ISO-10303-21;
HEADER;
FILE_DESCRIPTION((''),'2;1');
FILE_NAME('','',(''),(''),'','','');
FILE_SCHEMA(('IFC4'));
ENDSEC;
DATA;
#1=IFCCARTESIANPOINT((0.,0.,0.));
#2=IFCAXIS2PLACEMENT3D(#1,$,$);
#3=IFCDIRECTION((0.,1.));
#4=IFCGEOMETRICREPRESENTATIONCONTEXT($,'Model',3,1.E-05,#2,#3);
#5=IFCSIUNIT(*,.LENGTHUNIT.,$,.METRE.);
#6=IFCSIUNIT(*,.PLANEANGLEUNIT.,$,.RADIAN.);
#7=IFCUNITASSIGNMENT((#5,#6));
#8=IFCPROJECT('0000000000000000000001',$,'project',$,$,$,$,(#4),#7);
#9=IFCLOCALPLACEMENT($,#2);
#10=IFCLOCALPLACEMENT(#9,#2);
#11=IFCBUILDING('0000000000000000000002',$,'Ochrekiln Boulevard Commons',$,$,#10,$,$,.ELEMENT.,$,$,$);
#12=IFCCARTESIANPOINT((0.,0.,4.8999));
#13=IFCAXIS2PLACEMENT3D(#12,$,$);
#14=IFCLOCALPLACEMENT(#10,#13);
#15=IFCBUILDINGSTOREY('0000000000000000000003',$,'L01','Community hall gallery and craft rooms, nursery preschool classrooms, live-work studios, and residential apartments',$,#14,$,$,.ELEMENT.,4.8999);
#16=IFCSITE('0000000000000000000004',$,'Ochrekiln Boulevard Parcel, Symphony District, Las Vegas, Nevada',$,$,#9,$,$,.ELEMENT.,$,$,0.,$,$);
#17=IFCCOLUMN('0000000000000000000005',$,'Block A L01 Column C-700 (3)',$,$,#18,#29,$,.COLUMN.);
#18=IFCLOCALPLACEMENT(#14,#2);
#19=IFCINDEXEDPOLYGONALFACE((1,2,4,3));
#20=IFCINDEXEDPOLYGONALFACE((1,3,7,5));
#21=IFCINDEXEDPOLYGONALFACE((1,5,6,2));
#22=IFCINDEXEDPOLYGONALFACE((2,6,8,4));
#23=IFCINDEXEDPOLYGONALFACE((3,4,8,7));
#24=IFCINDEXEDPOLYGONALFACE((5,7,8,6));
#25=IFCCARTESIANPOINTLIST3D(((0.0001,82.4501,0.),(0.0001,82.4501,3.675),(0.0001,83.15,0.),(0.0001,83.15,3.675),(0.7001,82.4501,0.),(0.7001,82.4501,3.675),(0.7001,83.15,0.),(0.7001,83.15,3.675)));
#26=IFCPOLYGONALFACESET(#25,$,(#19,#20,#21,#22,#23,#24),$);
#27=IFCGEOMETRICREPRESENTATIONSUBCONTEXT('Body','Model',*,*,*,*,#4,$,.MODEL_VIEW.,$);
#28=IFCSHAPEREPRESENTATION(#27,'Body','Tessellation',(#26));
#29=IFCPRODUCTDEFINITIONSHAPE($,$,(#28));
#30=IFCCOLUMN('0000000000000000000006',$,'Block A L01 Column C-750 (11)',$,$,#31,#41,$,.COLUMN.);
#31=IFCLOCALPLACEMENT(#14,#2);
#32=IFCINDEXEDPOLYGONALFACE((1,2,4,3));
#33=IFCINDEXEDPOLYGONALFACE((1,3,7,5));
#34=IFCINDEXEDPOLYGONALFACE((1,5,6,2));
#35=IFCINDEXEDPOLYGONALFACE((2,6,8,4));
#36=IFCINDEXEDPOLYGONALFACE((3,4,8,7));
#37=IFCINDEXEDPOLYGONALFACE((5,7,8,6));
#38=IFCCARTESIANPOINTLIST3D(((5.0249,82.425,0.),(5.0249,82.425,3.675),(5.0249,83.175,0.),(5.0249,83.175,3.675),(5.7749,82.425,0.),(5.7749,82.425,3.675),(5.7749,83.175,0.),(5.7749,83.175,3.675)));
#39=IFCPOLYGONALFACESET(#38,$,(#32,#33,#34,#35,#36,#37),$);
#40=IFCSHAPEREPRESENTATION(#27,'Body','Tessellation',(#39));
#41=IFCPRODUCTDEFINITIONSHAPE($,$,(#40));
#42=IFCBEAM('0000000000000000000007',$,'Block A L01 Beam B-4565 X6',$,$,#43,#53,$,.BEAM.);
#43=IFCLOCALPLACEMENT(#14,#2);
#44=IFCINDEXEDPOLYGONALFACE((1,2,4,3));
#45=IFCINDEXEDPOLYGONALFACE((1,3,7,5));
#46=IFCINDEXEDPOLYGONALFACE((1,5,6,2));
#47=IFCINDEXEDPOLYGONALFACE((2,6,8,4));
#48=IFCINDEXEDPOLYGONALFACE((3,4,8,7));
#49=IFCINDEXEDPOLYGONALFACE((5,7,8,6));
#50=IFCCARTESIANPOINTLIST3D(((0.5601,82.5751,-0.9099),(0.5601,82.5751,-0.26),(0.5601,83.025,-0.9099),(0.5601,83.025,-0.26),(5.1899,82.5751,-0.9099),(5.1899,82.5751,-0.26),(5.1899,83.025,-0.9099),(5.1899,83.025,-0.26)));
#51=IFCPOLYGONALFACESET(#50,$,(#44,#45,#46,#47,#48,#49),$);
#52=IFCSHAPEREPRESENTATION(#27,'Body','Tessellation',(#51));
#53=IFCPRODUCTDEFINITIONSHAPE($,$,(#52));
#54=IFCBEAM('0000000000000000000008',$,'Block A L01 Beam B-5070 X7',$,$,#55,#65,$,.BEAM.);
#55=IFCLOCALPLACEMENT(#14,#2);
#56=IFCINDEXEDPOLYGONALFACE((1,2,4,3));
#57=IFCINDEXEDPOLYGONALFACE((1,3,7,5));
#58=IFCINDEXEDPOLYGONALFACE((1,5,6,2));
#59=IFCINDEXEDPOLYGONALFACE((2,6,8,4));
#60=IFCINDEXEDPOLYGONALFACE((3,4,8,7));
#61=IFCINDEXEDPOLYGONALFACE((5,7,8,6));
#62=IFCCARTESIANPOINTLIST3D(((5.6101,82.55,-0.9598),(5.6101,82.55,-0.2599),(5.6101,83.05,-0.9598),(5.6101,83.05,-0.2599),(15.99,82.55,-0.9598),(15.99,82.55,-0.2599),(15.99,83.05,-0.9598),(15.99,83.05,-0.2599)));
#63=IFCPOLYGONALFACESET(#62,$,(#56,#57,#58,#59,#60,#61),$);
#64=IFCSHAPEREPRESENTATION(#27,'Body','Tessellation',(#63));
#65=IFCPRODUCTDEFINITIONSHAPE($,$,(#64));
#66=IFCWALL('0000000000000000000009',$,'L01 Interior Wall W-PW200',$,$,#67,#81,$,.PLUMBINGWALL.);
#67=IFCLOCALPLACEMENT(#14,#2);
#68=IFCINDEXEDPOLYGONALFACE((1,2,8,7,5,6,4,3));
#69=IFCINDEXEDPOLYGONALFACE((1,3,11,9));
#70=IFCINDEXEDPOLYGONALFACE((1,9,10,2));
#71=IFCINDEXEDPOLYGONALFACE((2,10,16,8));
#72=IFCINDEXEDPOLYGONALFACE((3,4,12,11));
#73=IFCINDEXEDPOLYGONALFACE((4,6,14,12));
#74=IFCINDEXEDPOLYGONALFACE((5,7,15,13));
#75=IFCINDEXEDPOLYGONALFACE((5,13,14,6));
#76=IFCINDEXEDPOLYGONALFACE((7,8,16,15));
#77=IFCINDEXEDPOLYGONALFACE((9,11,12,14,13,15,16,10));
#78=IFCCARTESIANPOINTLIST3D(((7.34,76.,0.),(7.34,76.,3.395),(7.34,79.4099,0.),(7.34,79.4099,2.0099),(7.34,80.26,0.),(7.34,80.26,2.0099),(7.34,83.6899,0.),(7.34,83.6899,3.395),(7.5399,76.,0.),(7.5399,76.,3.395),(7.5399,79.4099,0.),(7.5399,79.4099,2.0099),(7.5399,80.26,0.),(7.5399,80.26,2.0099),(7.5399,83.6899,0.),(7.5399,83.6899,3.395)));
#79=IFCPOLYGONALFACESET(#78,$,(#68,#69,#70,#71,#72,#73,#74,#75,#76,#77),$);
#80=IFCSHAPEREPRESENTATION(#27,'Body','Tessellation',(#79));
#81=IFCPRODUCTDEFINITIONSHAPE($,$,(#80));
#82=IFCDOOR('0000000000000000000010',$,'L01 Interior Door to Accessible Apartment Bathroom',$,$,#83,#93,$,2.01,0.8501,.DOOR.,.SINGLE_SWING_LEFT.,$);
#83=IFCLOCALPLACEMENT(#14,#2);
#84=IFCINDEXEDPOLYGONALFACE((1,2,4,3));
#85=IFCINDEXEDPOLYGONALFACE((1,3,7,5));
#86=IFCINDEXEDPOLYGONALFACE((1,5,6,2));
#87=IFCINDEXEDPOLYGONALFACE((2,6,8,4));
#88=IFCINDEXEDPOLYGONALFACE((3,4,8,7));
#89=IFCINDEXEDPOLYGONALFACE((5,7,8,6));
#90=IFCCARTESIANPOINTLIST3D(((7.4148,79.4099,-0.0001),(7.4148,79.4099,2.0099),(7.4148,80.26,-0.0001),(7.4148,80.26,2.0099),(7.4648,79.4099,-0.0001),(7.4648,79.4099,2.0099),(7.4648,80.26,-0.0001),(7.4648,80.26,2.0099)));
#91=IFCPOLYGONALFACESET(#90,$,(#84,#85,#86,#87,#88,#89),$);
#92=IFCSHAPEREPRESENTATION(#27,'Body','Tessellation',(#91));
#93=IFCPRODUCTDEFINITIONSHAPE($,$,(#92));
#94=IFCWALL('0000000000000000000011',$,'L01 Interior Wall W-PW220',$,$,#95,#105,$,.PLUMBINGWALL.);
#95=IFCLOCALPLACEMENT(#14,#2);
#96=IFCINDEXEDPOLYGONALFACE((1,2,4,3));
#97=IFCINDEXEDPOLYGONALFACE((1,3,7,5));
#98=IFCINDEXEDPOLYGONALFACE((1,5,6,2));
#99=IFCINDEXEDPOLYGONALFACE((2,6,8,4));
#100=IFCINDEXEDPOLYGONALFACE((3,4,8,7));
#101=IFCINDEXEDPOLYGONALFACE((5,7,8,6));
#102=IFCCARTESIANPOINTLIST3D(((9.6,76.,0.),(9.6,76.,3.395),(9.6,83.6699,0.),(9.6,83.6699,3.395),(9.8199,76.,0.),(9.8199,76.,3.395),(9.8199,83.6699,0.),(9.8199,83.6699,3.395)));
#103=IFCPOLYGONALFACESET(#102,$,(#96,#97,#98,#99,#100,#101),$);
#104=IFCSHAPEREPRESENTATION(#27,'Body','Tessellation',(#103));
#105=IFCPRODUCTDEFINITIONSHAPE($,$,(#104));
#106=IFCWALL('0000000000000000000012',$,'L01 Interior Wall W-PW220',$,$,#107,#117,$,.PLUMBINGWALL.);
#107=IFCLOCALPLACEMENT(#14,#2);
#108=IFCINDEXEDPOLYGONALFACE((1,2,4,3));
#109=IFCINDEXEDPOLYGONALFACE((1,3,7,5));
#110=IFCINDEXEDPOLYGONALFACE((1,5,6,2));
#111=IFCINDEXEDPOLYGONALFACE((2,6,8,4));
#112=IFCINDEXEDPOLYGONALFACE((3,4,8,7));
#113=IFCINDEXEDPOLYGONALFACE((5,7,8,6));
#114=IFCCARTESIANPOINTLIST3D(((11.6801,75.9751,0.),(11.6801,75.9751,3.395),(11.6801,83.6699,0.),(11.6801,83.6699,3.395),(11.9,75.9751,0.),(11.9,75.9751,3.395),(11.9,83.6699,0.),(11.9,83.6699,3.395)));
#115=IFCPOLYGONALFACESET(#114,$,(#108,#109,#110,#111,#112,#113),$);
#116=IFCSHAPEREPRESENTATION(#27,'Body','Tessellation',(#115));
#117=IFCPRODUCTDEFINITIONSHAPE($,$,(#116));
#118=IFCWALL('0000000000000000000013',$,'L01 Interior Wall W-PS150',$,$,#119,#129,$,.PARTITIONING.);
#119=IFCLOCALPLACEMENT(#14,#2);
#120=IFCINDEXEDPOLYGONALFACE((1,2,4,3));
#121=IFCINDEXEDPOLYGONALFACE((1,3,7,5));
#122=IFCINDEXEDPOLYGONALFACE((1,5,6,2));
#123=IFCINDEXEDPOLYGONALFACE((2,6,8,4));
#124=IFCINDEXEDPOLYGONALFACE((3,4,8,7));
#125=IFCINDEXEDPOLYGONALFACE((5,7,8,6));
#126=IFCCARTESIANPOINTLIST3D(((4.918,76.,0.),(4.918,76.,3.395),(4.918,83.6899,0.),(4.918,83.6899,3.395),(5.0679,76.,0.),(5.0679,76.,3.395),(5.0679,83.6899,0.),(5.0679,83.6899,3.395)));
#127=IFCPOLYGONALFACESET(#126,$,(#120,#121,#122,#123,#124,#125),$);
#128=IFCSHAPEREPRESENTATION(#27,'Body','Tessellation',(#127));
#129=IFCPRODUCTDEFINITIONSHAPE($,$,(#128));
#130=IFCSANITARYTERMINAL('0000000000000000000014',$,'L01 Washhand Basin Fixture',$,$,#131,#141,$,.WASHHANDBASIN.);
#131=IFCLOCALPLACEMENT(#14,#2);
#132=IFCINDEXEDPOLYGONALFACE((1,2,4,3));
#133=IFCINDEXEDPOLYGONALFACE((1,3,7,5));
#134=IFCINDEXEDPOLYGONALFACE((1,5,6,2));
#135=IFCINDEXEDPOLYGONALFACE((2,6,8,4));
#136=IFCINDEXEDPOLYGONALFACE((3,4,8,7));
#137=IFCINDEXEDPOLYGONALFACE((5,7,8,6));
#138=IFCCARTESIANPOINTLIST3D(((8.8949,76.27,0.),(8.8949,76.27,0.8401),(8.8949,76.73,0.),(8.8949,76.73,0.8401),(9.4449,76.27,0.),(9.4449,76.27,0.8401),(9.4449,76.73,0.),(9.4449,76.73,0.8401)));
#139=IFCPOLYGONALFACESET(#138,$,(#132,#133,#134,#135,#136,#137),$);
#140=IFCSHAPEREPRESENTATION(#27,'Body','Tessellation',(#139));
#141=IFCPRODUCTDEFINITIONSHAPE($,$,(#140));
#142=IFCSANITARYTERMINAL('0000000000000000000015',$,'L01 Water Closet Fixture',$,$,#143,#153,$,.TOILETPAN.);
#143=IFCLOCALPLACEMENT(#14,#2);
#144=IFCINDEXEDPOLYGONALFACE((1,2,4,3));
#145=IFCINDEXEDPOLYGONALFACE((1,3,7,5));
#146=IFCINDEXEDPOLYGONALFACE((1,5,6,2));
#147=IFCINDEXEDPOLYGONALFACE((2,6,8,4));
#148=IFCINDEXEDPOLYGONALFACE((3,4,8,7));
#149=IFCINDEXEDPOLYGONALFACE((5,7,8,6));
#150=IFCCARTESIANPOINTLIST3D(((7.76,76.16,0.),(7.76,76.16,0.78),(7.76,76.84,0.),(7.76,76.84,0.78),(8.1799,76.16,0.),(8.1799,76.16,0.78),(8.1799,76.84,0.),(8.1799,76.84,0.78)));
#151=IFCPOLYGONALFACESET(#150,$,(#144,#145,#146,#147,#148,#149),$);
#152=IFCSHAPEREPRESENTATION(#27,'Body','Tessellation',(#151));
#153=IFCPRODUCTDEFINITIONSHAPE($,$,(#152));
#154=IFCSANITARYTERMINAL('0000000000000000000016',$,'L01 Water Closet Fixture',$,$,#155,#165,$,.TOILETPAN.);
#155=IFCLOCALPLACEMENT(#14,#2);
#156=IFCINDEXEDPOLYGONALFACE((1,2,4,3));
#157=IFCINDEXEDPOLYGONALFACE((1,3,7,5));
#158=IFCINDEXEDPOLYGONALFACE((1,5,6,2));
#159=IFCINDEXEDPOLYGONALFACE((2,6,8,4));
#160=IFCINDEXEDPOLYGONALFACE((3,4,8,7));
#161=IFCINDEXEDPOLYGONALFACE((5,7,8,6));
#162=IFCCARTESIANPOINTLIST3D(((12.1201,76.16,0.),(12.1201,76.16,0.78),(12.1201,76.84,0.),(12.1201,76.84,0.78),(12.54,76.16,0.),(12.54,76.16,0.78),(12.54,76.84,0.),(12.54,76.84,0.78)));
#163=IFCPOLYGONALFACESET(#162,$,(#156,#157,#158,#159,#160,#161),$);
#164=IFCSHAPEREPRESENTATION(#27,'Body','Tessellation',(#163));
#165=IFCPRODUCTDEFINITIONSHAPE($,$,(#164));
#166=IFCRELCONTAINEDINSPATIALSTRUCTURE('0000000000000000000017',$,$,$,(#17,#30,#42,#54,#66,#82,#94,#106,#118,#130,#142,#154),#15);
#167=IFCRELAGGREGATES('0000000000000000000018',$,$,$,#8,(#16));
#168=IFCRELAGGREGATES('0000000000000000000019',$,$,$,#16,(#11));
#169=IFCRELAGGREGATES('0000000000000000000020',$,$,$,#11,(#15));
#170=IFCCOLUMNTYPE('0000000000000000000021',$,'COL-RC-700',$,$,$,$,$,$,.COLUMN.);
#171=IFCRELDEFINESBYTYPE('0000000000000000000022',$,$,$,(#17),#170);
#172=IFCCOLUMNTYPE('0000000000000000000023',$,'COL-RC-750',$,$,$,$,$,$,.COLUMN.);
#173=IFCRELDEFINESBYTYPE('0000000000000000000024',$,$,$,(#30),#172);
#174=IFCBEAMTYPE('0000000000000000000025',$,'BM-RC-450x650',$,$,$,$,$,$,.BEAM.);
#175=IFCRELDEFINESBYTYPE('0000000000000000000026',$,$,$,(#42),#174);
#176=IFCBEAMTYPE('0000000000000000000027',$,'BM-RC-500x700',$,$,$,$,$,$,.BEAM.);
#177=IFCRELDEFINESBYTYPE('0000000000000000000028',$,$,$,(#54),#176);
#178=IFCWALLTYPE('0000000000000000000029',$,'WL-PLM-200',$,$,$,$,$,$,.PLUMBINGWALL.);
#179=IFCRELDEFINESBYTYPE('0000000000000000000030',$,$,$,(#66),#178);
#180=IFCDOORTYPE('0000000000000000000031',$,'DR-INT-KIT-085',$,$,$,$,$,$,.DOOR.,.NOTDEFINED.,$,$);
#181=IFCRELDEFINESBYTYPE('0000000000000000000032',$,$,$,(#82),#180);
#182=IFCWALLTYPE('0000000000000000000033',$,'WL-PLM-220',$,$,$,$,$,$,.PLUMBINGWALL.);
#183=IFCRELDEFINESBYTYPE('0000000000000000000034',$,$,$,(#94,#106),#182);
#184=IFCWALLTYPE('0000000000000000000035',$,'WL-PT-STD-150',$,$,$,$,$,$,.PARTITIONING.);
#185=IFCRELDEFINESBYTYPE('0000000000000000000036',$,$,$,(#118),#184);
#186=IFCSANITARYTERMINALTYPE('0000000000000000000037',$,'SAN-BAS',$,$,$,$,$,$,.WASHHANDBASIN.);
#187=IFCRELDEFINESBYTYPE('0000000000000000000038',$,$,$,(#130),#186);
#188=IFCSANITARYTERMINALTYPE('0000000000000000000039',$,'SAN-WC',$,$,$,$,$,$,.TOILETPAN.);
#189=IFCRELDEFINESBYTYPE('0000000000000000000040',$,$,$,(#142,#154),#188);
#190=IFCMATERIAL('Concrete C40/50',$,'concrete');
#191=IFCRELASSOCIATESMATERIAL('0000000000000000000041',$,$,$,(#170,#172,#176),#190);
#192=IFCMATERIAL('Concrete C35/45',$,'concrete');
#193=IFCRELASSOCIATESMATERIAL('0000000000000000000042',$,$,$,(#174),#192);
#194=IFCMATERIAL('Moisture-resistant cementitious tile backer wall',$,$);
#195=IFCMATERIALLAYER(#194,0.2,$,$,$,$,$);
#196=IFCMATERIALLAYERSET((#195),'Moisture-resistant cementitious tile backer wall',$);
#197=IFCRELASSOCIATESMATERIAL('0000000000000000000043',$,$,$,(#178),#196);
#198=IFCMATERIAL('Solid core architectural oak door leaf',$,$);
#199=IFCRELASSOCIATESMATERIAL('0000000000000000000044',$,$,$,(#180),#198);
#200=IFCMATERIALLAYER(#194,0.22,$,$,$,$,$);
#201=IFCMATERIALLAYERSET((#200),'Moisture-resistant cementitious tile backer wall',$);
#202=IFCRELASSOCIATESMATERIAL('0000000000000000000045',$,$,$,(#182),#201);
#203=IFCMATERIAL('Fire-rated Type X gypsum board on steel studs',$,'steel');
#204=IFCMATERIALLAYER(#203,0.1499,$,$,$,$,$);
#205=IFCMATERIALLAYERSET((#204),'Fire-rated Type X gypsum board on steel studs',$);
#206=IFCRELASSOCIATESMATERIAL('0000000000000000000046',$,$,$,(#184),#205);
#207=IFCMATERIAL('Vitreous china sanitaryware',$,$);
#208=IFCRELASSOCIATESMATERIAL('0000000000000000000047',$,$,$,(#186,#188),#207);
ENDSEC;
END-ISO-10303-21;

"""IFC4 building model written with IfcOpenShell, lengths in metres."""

from ifc_helpers import new_model, si_unit, direction, frame, frame_2d, origin, origin_2d, place, context, subcontext, project, spatial, rectangle, extrude, material, layer, layer_set, material_profile, profile_set, type_object, element, fill, save


model = new_model("IFC4")

# Units and contexts
model_context = context("Model", 3, precision=1e-05, world=origin(), true_north=direction((0.0, 1.0)))
body_context = subcontext(model_context, "Body", "Model", "MODEL_VIEW")
ifc_project = project(units=[si_unit("LENGTHUNIT", "METRE"), si_unit("PLANEANGLEUNIT", "RADIAN")], contexts=[model_context])

# Site, building, storey
site_placement = place(None, origin())
site = spatial("IfcSite", under=ifc_project, at=site_placement, Name="Ochrekiln Boulevard Parcel, Symphony District, Las Vegas, Nevada", CompositionType="ELEMENT", RefElevation=0.0)
building_placement = place(site_placement, origin())
building = spatial("IfcBuilding", under=site, at=building_placement, Name="Ochrekiln Boulevard Commons", CompositionType="ELEMENT")
storey_placement = place(building_placement, frame((0.0, 0.0, 4.8999)))
storey = spatial("IfcBuildingStorey", under=building, at=storey_placement, Name="L01", Description="Community hall gallery and craft rooms, nursery preschool classrooms, live-work studios, and residential apartments", CompositionType="ELEMENT", Elevation=4.8999)

# Columns
ifc_material_1 = material(Name="Concrete C40/50", Category="concrete")
ifc_material_profile_1 = material_profile(ifc_material_1, rectangle(XDim=0.7, YDim=0.7, at=origin_2d()), Name="RC-COL-700x700")
ifc_profile_set_1 = profile_set([ifc_material_profile_1], Name="Concrete C40/50")
column_type_1 = type_object("IfcColumnType", Name="COL-RC-700", PredefinedType="COLUMN", material=ifc_profile_set_1)
column_1_placement = place(storey_placement, frame((0.3501, 82.8, 0.0), z_axis=(0.0, 0.0, 1.0), x_axis=(1.0, 0.0, 0.0)))
element("IfcColumn", 1, at=column_1_placement, inside=storey, type_object=column_type_1, Name="Block A L01 Column C-700 (3)", PredefinedType="COLUMN", context=body_context, shape_type="SweptSolid", body=[
    extrude(rectangle(XDim=0.7, YDim=0.7, at=origin_2d()), origin(), (0.0, 0.0, 1.0), 3.675),
])
ifc_material_profile_2 = material_profile(ifc_material_1, rectangle(XDim=0.75, YDim=0.75, at=origin_2d()), Name="RC-COL-750x750")
ifc_profile_set_2 = profile_set([ifc_material_profile_2], Name="Concrete C40/50")
column_type_2 = type_object("IfcColumnType", Name="COL-RC-750", PredefinedType="COLUMN", material=ifc_profile_set_2)
column_2_placement = place(storey_placement, frame((5.3999, 82.8, 0.0), z_axis=(0.0, 0.0, 1.0), x_axis=(1.0, 0.0, 0.0)))
element("IfcColumn", 2, at=column_2_placement, inside=storey, type_object=column_type_2, Name="Block A L01 Column C-750 (11)", PredefinedType="COLUMN", context=body_context, shape_type="SweptSolid", body=[
    extrude(rectangle(XDim=0.75, YDim=0.75, at=origin_2d()), origin(), (0.0, 0.0, 1.0), 3.675),
])

# Beams
ifc_material_2 = material(Name="Concrete C35/45", Category="concrete")
ifc_material_profile_3 = material_profile(ifc_material_2, rectangle(XDim=0.45, YDim=0.6499, at=origin_2d()), Name="RC-BM-450x650")
ifc_profile_set_3 = profile_set([ifc_material_profile_3], Name="Concrete C35/45")
beam_type_1 = type_object("IfcBeamType", Name="BM-RC-450x650", PredefinedType="BEAM", material=ifc_profile_set_3)
beam_1_placement = place(storey_placement, frame((0.5601, 82.8, -0.585), z_axis=(1.0, 0.0, 0.0), x_axis=(0.0, 1.0, 0.0)))
element("IfcBeam", 3, at=beam_1_placement, inside=storey, type_object=beam_type_1, Name="Block A L01 Beam B-4565 X6", PredefinedType="BEAM", context=body_context, shape_type="SweptSolid", body=[
    extrude(rectangle(XDim=0.45, YDim=0.6499, at=origin_2d()), origin(), (0.0, 0.0, 1.0), 4.6299),
])
ifc_material_profile_4 = material_profile(ifc_material_1, rectangle(XDim=0.5, YDim=0.7, at=origin_2d()), Name="RC-BM-500x700")
ifc_profile_set_4 = profile_set([ifc_material_profile_4], Name="Concrete C40/50")
beam_type_2 = type_object("IfcBeamType", Name="BM-RC-500x700", PredefinedType="BEAM", material=ifc_profile_set_4)
beam_2_placement = place(storey_placement, frame((5.6101, 82.8, -0.6099), z_axis=(1.0, 0.0, 0.0), x_axis=(0.0, 1.0, 0.0)))
element("IfcBeam", 4, at=beam_2_placement, inside=storey, type_object=beam_type_2, Name="Block A L01 Beam B-5070 X7", PredefinedType="BEAM", context=body_context, shape_type="SweptSolid", body=[
    extrude(rectangle(XDim=0.5, YDim=0.7, at=origin_2d()), origin(), (0.0, 0.0, 1.0), 10.3799),
])

# Wall, opening, door
ifc_material_3 = material(Name="Moisture-resistant cementitious tile backer wall")
ifc_layer_1 = layer(ifc_material_3, 0.2)
ifc_layer_set_1 = layer_set([ifc_layer_1], Name="Moisture-resistant cementitious tile backer wall")
wall_type_1 = type_object("IfcWallType", Name="WL-PLM-200", PredefinedType="PLUMBINGWALL", material=ifc_layer_set_1)
wall_1_placement = place(storey_placement, frame((7.4399, 76.0, 0.0), z_axis=(0.0, 0.0, 1.0), x_axis=(0.0, 1.0, 0.0)))
wall_1 = element("IfcWall", 5, at=wall_1_placement, inside=storey, type_object=wall_type_1, Name="L01 Interior Wall W-PW200", PredefinedType="PLUMBINGWALL", context=body_context, shape_type="SweptSolid", body=[
    extrude(rectangle(XDim=7.6899, YDim=0.2, at=frame_2d((3.845, 0.0))), origin(), (0.0, 0.0, 1.0), 3.395),
])
opening_placement = place(wall_1_placement, frame((3.4099, 0.0, 0.0)))
opening = element("IfcOpeningElement", 6, at=opening_placement, cuts=wall_1, PredefinedType="OPENING", context=body_context, shape_type="SweptSolid", body=[
    extrude(rectangle(XDim=0.8501, YDim=2.01, at=frame_2d((0.425, 1.0049))), frame((0.0, 0.1099, 0.0), z_axis=(0.0, -1.0, 0.0), x_axis=(1.0, 0.0, 0.0)), (0.0, 0.0, 1.0), 0.22),
])
ifc_material_4 = material(Name="Solid core architectural oak door leaf")
door_type = type_object("IfcDoorType", Name="DR-INT-KIT-085", OperationType="NOTDEFINED", PredefinedType="DOOR", material=ifc_material_4)
door_placement = place(opening_placement, frame((0.8501, 0.0, 0.0), z_axis=(0.0, 0.0, 1.0), x_axis=(-1.0, 0.0, 0.0)))
door = element("IfcDoor", 7, at=door_placement, inside=storey, type_object=door_type, Name="L01 Interior Door to Accessible Apartment Bathroom", OperationType="SINGLE_SWING_LEFT", OverallHeight=2.01, OverallWidth=0.8501, PredefinedType="DOOR", context=body_context, shape_type="SweptSolid", body=[
    extrude(rectangle(XDim=0.8501, YDim=2.01, at=frame_2d((0.425, 1.0049))), frame((0.0, 0.0249, 0.0), z_axis=(0.0, -1.0, 0.0), x_axis=(1.0, 0.0, 0.0)), (0.0, 0.0, 1.0), 0.05),
])
fill(opening, door)

# Walls
ifc_layer_2 = layer(ifc_material_3, 0.22)
ifc_layer_set_2 = layer_set([ifc_layer_2], Name="Moisture-resistant cementitious tile backer wall")
wall_type_2 = type_object("IfcWallType", Name="WL-PLM-220", PredefinedType="PLUMBINGWALL", material=ifc_layer_set_2)
wall_2_placement = place(storey_placement, frame((9.71, 76.0, 0.0), z_axis=(0.0, 0.0, 1.0), x_axis=(0.0, 1.0, 0.0)))
element("IfcWall", 8, at=wall_2_placement, inside=storey, type_object=wall_type_2, Name="L01 Interior Wall W-PW220", PredefinedType="PLUMBINGWALL", context=body_context, shape_type="SweptSolid", body=[
    extrude(rectangle(XDim=7.6699, YDim=0.22, at=frame_2d((3.835, 0.0))), origin(), (0.0, 0.0, 1.0), 3.395),
])
wall_3_placement = place(storey_placement, frame((11.79, 75.9751, 0.0), z_axis=(0.0, 0.0, 1.0), x_axis=(0.0, 1.0, 0.0)))
element("IfcWall", 9, at=wall_3_placement, inside=storey, type_object=wall_type_2, Name="L01 Interior Wall W-PW220", PredefinedType="PLUMBINGWALL", context=body_context, shape_type="SweptSolid", body=[
    extrude(rectangle(XDim=7.6948, YDim=0.22, at=frame_2d((3.8474, 0.0))), origin(), (0.0, 0.0, 1.0), 3.395),
])
ifc_material_5 = material(Name="Fire-rated Type X gypsum board on steel studs", Category="steel")
ifc_layer_3 = layer(ifc_material_5, 0.1499)
ifc_layer_set_3 = layer_set([ifc_layer_3], Name="Fire-rated Type X gypsum board on steel studs")
wall_type_3 = type_object("IfcWallType", Name="WL-PT-STD-150", PredefinedType="PARTITIONING", material=ifc_layer_set_3)
wall_4_placement = place(storey_placement, frame((4.9929, 76.0, 0.0), z_axis=(0.0, 0.0, 1.0), x_axis=(0.0, 1.0, 0.0)))
element("IfcWall", 10, at=wall_4_placement, inside=storey, type_object=wall_type_3, Name="L01 Interior Wall W-PS150", PredefinedType="PARTITIONING", context=body_context, shape_type="SweptSolid", body=[
    extrude(rectangle(XDim=7.6899, YDim=0.1499, at=frame_2d((3.845, 0.0))), origin(), (0.0, 0.0, 1.0), 3.395),
])

# Sanitary terminals
ifc_material_6 = material(Name="Vitreous china sanitaryware")
sanitary_terminal_type_1 = type_object("IfcSanitaryTerminalType", Name="SAN-BAS", PredefinedType="WASHHANDBASIN", material=ifc_material_6)
sanitary_terminal_placement = place(storey_placement, frame((9.1699, 76.5, 0.0), z_axis=(0.0, 0.0, 1.0), x_axis=(1.0, 0.0, 0.0)))
element("IfcSanitaryTerminal", 11, at=sanitary_terminal_placement, inside=storey, type_object=sanitary_terminal_type_1, Name="L01 Washhand Basin Fixture", PredefinedType="WASHHANDBASIN", context=body_context, shape_type="SweptSolid", body=[
    extrude(rectangle(XDim=0.55, YDim=0.46, at=origin_2d()), origin(), (0.0, 0.0, 1.0), 0.8401),
])
sanitary_terminal_type_2 = type_object("IfcSanitaryTerminalType", Name="SAN-WC", PredefinedType="TOILETPAN", material=ifc_material_6)
for number, where, z_axis, x_axis, name in (
    (12, (7.97, 76.5, 0.0), (0.0, 0.0, 1.0), (1.0, 0.0, 0.0), "L01 Water Closet Fixture"),
    (13, (12.3301, 76.5, 0.0), (0.0, 0.0, 1.0), (1.0, 0.0, 0.0), "L01 Water Closet Fixture"),
):
    element("IfcSanitaryTerminal", number, at=place(storey_placement, frame(where, z_axis=z_axis, x_axis=x_axis)), inside=storey, type_object=sanitary_terminal_type_2, Name=name, PredefinedType="TOILETPAN", context=body_context, shape_type="SweptSolid", body=[
        extrude(rectangle(XDim=0.4199, YDim=0.6799, at=origin_2d()), origin(), (0.0, 0.0, 1.0), 0.78),
    ])

save(model, "model.ifc")
